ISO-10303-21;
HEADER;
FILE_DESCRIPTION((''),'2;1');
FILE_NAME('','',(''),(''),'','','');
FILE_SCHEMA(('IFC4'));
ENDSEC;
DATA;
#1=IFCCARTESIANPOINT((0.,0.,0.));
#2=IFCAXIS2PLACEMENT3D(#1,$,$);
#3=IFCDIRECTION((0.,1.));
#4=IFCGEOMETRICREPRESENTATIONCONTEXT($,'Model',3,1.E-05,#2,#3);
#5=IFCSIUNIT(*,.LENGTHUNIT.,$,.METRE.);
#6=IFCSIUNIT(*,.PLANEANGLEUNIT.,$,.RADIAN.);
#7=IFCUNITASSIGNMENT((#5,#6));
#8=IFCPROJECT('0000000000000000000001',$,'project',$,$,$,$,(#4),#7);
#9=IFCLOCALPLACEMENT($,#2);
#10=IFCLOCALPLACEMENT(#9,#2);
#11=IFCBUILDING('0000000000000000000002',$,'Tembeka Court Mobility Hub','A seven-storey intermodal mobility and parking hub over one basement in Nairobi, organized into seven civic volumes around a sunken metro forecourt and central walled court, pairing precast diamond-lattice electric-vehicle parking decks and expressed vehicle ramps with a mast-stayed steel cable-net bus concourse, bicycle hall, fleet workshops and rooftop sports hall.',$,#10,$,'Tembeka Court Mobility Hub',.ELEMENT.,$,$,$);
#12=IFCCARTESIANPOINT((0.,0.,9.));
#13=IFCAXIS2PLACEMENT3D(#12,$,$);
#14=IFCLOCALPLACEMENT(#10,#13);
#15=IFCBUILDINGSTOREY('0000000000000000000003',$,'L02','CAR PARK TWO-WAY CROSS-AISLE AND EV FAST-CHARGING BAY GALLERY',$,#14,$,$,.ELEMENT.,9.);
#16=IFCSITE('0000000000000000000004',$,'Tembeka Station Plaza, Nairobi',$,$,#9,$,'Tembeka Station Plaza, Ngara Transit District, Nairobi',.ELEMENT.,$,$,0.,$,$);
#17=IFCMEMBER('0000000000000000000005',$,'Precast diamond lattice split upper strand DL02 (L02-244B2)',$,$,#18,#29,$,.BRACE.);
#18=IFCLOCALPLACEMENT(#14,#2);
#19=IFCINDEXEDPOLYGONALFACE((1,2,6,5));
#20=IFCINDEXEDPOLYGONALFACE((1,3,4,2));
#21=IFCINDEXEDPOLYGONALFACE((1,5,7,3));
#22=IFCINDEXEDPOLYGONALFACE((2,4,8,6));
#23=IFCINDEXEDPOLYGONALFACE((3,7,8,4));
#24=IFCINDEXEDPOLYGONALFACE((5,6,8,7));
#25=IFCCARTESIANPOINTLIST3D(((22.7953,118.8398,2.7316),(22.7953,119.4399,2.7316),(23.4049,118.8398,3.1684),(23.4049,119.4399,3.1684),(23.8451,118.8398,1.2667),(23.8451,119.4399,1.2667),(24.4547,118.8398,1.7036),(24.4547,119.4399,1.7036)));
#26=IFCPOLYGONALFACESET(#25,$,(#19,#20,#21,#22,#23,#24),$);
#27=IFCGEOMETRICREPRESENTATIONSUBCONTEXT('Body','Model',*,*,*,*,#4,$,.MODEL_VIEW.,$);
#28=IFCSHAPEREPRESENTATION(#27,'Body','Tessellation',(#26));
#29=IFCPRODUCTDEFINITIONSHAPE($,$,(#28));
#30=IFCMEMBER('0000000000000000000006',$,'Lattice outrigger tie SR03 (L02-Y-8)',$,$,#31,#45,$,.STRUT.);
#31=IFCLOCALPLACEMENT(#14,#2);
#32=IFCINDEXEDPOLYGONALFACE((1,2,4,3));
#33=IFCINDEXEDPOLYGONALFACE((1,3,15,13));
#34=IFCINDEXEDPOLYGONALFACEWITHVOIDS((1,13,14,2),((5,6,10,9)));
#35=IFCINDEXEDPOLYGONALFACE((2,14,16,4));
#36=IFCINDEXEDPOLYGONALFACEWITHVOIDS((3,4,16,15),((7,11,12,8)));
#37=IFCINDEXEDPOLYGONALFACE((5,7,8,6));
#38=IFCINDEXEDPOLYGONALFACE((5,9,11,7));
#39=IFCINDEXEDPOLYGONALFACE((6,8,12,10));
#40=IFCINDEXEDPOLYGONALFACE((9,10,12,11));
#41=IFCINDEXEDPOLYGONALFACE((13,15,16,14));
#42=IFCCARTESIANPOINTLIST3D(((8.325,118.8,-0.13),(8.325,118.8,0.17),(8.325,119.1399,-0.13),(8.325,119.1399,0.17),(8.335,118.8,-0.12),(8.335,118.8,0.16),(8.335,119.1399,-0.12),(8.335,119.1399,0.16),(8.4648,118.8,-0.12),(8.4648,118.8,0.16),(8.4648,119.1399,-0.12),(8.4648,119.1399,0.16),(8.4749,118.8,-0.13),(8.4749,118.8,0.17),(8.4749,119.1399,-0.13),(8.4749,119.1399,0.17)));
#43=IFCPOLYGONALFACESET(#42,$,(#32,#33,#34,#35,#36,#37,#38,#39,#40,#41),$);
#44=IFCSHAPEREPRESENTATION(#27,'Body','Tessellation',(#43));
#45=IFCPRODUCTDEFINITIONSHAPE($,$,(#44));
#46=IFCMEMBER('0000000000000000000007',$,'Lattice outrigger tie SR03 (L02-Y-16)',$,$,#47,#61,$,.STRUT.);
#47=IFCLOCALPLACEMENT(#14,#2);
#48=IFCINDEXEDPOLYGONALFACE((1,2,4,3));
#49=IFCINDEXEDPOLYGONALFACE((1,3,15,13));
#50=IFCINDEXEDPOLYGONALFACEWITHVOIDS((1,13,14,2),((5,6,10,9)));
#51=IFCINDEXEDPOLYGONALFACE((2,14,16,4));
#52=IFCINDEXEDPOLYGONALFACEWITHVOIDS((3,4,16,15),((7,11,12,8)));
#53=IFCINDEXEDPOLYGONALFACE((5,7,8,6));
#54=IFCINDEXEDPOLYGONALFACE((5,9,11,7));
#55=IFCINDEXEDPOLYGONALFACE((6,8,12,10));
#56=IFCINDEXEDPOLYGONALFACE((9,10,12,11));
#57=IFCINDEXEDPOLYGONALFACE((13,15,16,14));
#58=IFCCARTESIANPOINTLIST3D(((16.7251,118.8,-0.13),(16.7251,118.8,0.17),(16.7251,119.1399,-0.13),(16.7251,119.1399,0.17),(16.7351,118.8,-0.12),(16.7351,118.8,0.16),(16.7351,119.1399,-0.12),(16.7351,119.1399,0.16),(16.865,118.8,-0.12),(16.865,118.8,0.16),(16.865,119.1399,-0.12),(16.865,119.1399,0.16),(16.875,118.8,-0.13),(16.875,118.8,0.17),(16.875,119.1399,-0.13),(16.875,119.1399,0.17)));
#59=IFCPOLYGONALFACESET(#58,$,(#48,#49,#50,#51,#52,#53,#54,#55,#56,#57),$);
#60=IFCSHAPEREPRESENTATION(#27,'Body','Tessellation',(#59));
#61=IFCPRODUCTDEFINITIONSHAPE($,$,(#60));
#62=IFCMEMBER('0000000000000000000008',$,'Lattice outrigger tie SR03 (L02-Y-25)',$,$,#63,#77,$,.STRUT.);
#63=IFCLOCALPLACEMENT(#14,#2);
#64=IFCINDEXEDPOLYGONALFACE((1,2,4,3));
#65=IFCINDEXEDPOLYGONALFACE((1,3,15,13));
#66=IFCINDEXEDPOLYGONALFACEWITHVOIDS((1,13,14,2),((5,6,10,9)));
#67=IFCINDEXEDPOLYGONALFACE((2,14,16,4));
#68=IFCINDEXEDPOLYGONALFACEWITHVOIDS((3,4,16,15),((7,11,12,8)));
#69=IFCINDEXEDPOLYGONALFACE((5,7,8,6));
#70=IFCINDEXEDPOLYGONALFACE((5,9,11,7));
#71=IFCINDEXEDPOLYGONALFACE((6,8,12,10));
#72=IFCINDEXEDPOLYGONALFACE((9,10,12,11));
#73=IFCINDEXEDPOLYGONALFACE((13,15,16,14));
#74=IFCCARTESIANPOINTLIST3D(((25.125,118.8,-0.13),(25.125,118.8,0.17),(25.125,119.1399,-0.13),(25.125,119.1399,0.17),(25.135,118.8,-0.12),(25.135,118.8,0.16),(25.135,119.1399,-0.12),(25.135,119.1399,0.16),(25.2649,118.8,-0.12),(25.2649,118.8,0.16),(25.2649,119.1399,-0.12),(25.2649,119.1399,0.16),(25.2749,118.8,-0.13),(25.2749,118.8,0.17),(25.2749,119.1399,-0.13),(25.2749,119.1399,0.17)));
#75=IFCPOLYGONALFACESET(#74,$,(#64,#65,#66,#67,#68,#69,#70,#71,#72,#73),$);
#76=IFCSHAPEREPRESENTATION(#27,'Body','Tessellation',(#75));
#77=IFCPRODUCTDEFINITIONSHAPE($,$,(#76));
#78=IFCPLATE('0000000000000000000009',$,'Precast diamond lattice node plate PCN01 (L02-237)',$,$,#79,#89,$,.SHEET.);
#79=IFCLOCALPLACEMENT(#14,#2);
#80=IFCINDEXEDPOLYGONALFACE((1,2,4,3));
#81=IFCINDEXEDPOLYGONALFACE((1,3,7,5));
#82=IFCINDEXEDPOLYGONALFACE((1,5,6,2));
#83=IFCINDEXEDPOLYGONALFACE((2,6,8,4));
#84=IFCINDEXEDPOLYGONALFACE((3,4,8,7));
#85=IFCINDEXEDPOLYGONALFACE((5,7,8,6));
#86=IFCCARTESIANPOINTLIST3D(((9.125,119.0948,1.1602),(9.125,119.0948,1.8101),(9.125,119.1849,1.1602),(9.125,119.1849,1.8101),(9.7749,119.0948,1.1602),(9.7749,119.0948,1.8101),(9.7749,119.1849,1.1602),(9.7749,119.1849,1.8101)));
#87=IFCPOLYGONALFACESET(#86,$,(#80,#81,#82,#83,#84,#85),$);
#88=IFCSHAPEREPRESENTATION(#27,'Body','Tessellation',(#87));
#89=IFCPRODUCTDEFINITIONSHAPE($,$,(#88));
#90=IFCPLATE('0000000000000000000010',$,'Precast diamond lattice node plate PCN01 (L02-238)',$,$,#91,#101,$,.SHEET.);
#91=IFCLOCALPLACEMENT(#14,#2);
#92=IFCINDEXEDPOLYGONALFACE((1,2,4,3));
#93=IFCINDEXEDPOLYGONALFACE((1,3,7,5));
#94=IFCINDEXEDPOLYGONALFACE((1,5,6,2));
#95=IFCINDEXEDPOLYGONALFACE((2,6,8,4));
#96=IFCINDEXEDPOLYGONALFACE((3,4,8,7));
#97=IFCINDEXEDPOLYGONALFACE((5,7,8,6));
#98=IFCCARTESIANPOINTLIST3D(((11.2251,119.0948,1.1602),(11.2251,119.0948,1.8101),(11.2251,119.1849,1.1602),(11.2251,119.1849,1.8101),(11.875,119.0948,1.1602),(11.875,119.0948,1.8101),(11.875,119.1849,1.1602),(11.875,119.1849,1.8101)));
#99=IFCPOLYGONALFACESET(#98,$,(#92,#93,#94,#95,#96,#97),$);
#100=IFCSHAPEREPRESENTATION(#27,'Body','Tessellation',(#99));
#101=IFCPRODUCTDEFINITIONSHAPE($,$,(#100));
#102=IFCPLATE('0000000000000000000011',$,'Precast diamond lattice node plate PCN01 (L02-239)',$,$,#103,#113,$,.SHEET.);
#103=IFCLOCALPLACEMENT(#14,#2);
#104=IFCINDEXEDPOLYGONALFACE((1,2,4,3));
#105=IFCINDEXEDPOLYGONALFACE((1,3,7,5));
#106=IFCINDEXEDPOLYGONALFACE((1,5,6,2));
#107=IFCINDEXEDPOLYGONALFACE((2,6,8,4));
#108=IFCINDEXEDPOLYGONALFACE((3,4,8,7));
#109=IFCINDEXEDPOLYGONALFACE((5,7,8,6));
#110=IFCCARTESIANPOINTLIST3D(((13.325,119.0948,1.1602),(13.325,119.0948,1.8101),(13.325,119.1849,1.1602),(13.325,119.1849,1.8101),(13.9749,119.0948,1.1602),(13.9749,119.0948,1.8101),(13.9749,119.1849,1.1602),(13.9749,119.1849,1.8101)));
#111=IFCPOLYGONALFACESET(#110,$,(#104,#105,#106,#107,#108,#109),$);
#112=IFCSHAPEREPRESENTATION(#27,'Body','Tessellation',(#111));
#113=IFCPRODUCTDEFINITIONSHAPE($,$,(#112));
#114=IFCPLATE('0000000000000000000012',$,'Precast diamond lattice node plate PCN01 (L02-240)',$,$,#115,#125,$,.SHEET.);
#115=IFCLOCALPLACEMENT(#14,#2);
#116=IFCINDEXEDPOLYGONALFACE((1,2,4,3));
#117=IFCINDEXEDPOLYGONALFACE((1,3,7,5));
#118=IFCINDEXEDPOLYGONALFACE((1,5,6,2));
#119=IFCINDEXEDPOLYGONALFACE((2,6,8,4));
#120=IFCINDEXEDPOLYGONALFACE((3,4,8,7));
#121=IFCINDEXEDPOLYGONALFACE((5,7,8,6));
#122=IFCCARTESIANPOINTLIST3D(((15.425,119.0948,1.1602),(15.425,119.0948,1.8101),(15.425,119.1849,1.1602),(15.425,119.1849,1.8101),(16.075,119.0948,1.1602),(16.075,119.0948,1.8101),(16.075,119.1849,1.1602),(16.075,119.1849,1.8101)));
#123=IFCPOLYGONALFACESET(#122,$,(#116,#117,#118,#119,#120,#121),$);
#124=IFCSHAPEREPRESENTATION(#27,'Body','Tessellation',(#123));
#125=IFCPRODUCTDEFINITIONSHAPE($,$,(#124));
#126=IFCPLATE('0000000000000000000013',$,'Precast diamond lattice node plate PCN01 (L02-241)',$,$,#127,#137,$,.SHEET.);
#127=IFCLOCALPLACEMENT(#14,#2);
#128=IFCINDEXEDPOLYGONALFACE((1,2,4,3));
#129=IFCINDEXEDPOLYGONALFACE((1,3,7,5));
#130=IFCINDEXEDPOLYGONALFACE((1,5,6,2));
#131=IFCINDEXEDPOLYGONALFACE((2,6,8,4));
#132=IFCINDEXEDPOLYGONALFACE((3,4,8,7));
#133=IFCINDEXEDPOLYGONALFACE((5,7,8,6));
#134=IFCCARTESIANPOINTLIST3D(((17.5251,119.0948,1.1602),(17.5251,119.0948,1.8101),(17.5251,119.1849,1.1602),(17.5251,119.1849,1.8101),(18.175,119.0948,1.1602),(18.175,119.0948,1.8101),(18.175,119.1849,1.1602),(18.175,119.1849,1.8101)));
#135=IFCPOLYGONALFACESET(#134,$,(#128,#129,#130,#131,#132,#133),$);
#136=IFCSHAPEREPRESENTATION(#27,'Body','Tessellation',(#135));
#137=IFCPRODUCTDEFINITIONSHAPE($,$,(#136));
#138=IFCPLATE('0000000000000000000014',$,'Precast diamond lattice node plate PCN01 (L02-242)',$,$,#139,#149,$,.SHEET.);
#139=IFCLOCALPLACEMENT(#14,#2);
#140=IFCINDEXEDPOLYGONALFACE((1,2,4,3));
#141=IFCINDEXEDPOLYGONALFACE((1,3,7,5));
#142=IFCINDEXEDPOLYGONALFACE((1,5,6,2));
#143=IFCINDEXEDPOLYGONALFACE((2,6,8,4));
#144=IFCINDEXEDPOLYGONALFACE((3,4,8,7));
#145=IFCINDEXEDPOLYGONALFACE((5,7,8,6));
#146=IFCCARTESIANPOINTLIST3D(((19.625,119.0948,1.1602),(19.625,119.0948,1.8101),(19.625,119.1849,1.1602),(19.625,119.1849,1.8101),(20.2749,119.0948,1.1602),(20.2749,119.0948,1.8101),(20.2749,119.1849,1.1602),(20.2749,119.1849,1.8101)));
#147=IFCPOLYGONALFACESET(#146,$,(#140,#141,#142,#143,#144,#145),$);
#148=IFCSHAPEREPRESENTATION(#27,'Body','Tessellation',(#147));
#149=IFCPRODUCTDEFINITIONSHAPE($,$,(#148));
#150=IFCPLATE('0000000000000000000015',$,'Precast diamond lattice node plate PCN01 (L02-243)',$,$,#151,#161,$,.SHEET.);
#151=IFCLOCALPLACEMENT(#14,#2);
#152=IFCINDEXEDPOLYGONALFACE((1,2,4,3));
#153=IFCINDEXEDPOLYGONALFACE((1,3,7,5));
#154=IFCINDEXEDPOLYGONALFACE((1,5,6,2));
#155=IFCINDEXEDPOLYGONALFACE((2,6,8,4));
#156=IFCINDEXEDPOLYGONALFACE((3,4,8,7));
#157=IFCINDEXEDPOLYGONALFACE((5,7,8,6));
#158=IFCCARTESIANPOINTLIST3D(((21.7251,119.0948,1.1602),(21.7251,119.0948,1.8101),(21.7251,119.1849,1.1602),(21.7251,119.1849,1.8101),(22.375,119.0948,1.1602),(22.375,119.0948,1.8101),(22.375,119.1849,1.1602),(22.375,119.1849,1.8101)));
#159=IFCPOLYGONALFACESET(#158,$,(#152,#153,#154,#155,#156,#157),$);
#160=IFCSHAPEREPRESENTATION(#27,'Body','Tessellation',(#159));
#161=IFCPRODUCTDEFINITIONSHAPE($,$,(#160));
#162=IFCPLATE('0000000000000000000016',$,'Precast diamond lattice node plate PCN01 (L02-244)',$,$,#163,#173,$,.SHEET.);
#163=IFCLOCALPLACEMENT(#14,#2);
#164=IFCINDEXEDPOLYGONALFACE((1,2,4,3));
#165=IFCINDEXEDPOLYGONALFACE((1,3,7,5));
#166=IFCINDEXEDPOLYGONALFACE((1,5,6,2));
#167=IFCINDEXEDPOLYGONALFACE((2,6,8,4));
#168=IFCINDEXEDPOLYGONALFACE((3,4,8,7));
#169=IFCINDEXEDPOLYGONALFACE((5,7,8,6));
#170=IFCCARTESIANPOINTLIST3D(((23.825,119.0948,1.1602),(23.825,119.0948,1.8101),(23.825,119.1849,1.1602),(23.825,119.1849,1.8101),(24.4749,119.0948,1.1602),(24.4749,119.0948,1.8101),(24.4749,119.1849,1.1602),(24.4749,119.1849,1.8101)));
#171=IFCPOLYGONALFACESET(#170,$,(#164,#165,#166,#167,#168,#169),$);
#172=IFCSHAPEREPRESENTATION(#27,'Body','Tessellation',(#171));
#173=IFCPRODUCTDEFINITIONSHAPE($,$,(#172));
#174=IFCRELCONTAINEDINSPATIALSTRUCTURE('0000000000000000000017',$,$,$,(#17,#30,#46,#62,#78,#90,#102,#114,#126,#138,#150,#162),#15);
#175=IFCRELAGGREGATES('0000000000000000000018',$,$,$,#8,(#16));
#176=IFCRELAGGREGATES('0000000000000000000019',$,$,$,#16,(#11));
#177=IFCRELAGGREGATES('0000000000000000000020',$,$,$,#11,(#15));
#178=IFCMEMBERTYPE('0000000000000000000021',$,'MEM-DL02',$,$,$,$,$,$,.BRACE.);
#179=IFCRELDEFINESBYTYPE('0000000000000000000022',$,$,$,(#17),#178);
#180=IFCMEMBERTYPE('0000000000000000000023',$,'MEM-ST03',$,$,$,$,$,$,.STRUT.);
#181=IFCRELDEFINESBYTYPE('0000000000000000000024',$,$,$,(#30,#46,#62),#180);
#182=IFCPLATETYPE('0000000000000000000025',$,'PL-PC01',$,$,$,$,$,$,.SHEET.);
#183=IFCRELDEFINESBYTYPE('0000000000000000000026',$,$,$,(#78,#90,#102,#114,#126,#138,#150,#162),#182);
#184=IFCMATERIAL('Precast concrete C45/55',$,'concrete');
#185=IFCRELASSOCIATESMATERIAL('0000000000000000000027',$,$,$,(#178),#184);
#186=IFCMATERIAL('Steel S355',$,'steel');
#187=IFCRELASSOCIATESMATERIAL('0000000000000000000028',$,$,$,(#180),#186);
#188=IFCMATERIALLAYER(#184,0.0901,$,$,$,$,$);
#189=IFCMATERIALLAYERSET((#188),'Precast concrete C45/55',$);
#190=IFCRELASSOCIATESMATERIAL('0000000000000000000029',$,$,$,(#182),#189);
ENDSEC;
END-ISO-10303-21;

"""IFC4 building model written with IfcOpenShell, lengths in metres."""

from ifc_helpers import new_model, si_unit, direction, frame, origin, origin_2d, place, context, subcontext, project, spatial, rectangle, hollow_rectangle, extrude, material, layer, layer_set, material_profile, profile_set, type_object, element, save


model = new_model("IFC4")

# Units and contexts
model_context = context("Model", 3, precision=1e-05, world=origin(), true_north=direction((0.0, 1.0)))
body_context = subcontext(model_context, "Body", "Model", "MODEL_VIEW")
ifc_project = project(units=[si_unit("LENGTHUNIT", "METRE"), si_unit("PLANEANGLEUNIT", "RADIAN")], contexts=[model_context])

# Site, building, storey
site_placement = place(None, origin())
site = spatial("IfcSite", under=ifc_project, at=site_placement, Name="Tembeka Station Plaza, Nairobi", LongName="Tembeka Station Plaza, Ngara Transit District, Nairobi", CompositionType="ELEMENT", RefElevation=0.0)
building_placement = place(site_placement, origin())
building = spatial("IfcBuilding", under=site, at=building_placement, Name="Tembeka Court Mobility Hub", Description="A seven-storey intermodal mobility and parking hub over one basement in Nairobi, organized into seven civic volumes around a sunken metro forecourt and central walled court, pairing precast diamond-lattice electric-vehicle parking decks and expressed vehicle ramps with a mast-stayed steel cable-net bus concourse, bicycle hall, fleet workshops and rooftop sports hall.", LongName="Tembeka Court Mobility Hub", CompositionType="ELEMENT")
storey_placement = place(building_placement, frame((0.0, 0.0, 9.0)))
storey = spatial("IfcBuildingStorey", under=building, at=storey_placement, Name="L02", Description="CAR PARK TWO-WAY CROSS-AISLE AND EV FAST-CHARGING BAY GALLERY", CompositionType="ELEMENT", Elevation=9.0)

# Shared definitions
ifc_material_1 = material(Name="Steel S355", Category="steel")

# Shared definitions
ifc_material_2 = material(Name="Precast concrete C45/55", Category="concrete")

# Members
ifc_material_profile_1 = material_profile(ifc_material_2, rectangle(XDim=0.6001, YDim=0.75, at=origin_2d()), Name="PC-DIAG 600x750")
ifc_profile_set_1 = profile_set([ifc_material_profile_1], Name="Precast concrete C45/55")
member_type_1 = type_object("IfcMemberType", Name="MEM-DL02", PredefinedType="BRACE", material=ifc_profile_set_1)
member_1_placement = place(storey_placement, frame((24.1499, 119.1399, 1.4851), z_axis=(-0.582519, 0.0, 0.812817), x_axis=(0.0, -1.0, 0.0)))
element("IfcMember", 1, at=member_1_placement, inside=storey, type_object=member_type_1, Name="Precast diamond lattice split upper strand DL02 (L02-244B2)", PredefinedType="BRACE", context=body_context, shape_type="SweptSolid", body=[
    extrude(rectangle(XDim=0.6001, YDim=0.75, at=origin_2d()), origin(), (0.0, 0.0, 1.0), 1.8022),
])
ifc_material_profile_2 = material_profile(ifc_material_1, hollow_rectangle(XDim=0.1499, YDim=0.3, WallThickness=0.01, at=origin_2d()), Name="RHS 300x150x10")
ifc_profile_set_2 = profile_set([ifc_material_profile_2], Name="Steel S355")
member_type_2 = type_object("IfcMemberType", Name="MEM-ST03", PredefinedType="STRUT", material=ifc_profile_set_2)
for number, where, z_axis, x_axis, name in (
    (2, (8.3999, 118.8, 0.02), (0.0, 1.0, 0.0), (-1.0, 0.0, 0.0), "Lattice outrigger tie SR03 (L02-Y-8)"),
    (3, (16.8, 118.8, 0.02), (0.0, 1.0, 0.0), (-1.0, 0.0, 0.0), "Lattice outrigger tie SR03 (L02-Y-16)"),
    (4, (25.2, 118.8, 0.02), (0.0, 1.0, 0.0), (-1.0, 0.0, 0.0), "Lattice outrigger tie SR03 (L02-Y-25)"),
):
    element("IfcMember", number, at=place(storey_placement, frame(where, z_axis=z_axis, x_axis=x_axis)), inside=storey, type_object=member_type_2, Name=name, PredefinedType="STRUT", context=body_context, shape_type="SweptSolid", body=[
        extrude(hollow_rectangle(XDim=0.1499, YDim=0.3, WallThickness=0.01, at=origin_2d()), origin(), (0.0, 0.0, 1.0), 0.3398),
    ])

# Plates
ifc_layer = layer(ifc_material_2, 0.0901)
ifc_layer_set = layer_set([ifc_layer], Name="Precast concrete C45/55")
plate_type = type_object("IfcPlateType", Name="PL-PC01", PredefinedType="SHEET", material=ifc_layer_set)
for number, where, z_axis, x_axis, name in (
    (5, (9.45, 119.1399, 1.1602), (0.0, 0.0, 1.0), (1.0, 0.0, 0.0), "Precast diamond lattice node plate PCN01 (L02-237)"),
    (6, (11.55, 119.1399, 1.1602), (0.0, 0.0, 1.0), (1.0, 0.0, 0.0), "Precast diamond lattice node plate PCN01 (L02-238)"),
    (7, (13.6499, 119.1399, 1.1602), (0.0, 0.0, 1.0), (1.0, 0.0, 0.0), "Precast diamond lattice node plate PCN01 (L02-239)"),
    (8, (15.75, 119.1399, 1.1602), (0.0, 0.0, 1.0), (1.0, 0.0, 0.0), "Precast diamond lattice node plate PCN01 (L02-240)"),
    (9, (17.8501, 119.1399, 1.1602), (0.0, 0.0, 1.0), (1.0, 0.0, 0.0), "Precast diamond lattice node plate PCN01 (L02-241)"),
    (10, (19.95, 119.1399, 1.1602), (0.0, 0.0, 1.0), (1.0, 0.0, 0.0), "Precast diamond lattice node plate PCN01 (L02-242)"),
    (11, (22.05, 119.1399, 1.1602), (0.0, 0.0, 1.0), (1.0, 0.0, 0.0), "Precast diamond lattice node plate PCN01 (L02-243)"),
    (12, (24.1499, 119.1399, 1.1602), (0.0, 0.0, 1.0), (1.0, 0.0, 0.0), "Precast diamond lattice node plate PCN01 (L02-244)"),
):
    element("IfcPlate", number, at=place(storey_placement, frame(where, z_axis=z_axis, x_axis=x_axis)), inside=storey, type_object=plate_type, Name=name, PredefinedType="SHEET", context=body_context, shape_type="SweptSolid", body=[
        extrude(rectangle(XDim=0.6499, YDim=0.0901, at=origin_2d()), origin(), (0.0, 0.0, 1.0), 0.6499),
    ])

save(model, "model.ifc")
